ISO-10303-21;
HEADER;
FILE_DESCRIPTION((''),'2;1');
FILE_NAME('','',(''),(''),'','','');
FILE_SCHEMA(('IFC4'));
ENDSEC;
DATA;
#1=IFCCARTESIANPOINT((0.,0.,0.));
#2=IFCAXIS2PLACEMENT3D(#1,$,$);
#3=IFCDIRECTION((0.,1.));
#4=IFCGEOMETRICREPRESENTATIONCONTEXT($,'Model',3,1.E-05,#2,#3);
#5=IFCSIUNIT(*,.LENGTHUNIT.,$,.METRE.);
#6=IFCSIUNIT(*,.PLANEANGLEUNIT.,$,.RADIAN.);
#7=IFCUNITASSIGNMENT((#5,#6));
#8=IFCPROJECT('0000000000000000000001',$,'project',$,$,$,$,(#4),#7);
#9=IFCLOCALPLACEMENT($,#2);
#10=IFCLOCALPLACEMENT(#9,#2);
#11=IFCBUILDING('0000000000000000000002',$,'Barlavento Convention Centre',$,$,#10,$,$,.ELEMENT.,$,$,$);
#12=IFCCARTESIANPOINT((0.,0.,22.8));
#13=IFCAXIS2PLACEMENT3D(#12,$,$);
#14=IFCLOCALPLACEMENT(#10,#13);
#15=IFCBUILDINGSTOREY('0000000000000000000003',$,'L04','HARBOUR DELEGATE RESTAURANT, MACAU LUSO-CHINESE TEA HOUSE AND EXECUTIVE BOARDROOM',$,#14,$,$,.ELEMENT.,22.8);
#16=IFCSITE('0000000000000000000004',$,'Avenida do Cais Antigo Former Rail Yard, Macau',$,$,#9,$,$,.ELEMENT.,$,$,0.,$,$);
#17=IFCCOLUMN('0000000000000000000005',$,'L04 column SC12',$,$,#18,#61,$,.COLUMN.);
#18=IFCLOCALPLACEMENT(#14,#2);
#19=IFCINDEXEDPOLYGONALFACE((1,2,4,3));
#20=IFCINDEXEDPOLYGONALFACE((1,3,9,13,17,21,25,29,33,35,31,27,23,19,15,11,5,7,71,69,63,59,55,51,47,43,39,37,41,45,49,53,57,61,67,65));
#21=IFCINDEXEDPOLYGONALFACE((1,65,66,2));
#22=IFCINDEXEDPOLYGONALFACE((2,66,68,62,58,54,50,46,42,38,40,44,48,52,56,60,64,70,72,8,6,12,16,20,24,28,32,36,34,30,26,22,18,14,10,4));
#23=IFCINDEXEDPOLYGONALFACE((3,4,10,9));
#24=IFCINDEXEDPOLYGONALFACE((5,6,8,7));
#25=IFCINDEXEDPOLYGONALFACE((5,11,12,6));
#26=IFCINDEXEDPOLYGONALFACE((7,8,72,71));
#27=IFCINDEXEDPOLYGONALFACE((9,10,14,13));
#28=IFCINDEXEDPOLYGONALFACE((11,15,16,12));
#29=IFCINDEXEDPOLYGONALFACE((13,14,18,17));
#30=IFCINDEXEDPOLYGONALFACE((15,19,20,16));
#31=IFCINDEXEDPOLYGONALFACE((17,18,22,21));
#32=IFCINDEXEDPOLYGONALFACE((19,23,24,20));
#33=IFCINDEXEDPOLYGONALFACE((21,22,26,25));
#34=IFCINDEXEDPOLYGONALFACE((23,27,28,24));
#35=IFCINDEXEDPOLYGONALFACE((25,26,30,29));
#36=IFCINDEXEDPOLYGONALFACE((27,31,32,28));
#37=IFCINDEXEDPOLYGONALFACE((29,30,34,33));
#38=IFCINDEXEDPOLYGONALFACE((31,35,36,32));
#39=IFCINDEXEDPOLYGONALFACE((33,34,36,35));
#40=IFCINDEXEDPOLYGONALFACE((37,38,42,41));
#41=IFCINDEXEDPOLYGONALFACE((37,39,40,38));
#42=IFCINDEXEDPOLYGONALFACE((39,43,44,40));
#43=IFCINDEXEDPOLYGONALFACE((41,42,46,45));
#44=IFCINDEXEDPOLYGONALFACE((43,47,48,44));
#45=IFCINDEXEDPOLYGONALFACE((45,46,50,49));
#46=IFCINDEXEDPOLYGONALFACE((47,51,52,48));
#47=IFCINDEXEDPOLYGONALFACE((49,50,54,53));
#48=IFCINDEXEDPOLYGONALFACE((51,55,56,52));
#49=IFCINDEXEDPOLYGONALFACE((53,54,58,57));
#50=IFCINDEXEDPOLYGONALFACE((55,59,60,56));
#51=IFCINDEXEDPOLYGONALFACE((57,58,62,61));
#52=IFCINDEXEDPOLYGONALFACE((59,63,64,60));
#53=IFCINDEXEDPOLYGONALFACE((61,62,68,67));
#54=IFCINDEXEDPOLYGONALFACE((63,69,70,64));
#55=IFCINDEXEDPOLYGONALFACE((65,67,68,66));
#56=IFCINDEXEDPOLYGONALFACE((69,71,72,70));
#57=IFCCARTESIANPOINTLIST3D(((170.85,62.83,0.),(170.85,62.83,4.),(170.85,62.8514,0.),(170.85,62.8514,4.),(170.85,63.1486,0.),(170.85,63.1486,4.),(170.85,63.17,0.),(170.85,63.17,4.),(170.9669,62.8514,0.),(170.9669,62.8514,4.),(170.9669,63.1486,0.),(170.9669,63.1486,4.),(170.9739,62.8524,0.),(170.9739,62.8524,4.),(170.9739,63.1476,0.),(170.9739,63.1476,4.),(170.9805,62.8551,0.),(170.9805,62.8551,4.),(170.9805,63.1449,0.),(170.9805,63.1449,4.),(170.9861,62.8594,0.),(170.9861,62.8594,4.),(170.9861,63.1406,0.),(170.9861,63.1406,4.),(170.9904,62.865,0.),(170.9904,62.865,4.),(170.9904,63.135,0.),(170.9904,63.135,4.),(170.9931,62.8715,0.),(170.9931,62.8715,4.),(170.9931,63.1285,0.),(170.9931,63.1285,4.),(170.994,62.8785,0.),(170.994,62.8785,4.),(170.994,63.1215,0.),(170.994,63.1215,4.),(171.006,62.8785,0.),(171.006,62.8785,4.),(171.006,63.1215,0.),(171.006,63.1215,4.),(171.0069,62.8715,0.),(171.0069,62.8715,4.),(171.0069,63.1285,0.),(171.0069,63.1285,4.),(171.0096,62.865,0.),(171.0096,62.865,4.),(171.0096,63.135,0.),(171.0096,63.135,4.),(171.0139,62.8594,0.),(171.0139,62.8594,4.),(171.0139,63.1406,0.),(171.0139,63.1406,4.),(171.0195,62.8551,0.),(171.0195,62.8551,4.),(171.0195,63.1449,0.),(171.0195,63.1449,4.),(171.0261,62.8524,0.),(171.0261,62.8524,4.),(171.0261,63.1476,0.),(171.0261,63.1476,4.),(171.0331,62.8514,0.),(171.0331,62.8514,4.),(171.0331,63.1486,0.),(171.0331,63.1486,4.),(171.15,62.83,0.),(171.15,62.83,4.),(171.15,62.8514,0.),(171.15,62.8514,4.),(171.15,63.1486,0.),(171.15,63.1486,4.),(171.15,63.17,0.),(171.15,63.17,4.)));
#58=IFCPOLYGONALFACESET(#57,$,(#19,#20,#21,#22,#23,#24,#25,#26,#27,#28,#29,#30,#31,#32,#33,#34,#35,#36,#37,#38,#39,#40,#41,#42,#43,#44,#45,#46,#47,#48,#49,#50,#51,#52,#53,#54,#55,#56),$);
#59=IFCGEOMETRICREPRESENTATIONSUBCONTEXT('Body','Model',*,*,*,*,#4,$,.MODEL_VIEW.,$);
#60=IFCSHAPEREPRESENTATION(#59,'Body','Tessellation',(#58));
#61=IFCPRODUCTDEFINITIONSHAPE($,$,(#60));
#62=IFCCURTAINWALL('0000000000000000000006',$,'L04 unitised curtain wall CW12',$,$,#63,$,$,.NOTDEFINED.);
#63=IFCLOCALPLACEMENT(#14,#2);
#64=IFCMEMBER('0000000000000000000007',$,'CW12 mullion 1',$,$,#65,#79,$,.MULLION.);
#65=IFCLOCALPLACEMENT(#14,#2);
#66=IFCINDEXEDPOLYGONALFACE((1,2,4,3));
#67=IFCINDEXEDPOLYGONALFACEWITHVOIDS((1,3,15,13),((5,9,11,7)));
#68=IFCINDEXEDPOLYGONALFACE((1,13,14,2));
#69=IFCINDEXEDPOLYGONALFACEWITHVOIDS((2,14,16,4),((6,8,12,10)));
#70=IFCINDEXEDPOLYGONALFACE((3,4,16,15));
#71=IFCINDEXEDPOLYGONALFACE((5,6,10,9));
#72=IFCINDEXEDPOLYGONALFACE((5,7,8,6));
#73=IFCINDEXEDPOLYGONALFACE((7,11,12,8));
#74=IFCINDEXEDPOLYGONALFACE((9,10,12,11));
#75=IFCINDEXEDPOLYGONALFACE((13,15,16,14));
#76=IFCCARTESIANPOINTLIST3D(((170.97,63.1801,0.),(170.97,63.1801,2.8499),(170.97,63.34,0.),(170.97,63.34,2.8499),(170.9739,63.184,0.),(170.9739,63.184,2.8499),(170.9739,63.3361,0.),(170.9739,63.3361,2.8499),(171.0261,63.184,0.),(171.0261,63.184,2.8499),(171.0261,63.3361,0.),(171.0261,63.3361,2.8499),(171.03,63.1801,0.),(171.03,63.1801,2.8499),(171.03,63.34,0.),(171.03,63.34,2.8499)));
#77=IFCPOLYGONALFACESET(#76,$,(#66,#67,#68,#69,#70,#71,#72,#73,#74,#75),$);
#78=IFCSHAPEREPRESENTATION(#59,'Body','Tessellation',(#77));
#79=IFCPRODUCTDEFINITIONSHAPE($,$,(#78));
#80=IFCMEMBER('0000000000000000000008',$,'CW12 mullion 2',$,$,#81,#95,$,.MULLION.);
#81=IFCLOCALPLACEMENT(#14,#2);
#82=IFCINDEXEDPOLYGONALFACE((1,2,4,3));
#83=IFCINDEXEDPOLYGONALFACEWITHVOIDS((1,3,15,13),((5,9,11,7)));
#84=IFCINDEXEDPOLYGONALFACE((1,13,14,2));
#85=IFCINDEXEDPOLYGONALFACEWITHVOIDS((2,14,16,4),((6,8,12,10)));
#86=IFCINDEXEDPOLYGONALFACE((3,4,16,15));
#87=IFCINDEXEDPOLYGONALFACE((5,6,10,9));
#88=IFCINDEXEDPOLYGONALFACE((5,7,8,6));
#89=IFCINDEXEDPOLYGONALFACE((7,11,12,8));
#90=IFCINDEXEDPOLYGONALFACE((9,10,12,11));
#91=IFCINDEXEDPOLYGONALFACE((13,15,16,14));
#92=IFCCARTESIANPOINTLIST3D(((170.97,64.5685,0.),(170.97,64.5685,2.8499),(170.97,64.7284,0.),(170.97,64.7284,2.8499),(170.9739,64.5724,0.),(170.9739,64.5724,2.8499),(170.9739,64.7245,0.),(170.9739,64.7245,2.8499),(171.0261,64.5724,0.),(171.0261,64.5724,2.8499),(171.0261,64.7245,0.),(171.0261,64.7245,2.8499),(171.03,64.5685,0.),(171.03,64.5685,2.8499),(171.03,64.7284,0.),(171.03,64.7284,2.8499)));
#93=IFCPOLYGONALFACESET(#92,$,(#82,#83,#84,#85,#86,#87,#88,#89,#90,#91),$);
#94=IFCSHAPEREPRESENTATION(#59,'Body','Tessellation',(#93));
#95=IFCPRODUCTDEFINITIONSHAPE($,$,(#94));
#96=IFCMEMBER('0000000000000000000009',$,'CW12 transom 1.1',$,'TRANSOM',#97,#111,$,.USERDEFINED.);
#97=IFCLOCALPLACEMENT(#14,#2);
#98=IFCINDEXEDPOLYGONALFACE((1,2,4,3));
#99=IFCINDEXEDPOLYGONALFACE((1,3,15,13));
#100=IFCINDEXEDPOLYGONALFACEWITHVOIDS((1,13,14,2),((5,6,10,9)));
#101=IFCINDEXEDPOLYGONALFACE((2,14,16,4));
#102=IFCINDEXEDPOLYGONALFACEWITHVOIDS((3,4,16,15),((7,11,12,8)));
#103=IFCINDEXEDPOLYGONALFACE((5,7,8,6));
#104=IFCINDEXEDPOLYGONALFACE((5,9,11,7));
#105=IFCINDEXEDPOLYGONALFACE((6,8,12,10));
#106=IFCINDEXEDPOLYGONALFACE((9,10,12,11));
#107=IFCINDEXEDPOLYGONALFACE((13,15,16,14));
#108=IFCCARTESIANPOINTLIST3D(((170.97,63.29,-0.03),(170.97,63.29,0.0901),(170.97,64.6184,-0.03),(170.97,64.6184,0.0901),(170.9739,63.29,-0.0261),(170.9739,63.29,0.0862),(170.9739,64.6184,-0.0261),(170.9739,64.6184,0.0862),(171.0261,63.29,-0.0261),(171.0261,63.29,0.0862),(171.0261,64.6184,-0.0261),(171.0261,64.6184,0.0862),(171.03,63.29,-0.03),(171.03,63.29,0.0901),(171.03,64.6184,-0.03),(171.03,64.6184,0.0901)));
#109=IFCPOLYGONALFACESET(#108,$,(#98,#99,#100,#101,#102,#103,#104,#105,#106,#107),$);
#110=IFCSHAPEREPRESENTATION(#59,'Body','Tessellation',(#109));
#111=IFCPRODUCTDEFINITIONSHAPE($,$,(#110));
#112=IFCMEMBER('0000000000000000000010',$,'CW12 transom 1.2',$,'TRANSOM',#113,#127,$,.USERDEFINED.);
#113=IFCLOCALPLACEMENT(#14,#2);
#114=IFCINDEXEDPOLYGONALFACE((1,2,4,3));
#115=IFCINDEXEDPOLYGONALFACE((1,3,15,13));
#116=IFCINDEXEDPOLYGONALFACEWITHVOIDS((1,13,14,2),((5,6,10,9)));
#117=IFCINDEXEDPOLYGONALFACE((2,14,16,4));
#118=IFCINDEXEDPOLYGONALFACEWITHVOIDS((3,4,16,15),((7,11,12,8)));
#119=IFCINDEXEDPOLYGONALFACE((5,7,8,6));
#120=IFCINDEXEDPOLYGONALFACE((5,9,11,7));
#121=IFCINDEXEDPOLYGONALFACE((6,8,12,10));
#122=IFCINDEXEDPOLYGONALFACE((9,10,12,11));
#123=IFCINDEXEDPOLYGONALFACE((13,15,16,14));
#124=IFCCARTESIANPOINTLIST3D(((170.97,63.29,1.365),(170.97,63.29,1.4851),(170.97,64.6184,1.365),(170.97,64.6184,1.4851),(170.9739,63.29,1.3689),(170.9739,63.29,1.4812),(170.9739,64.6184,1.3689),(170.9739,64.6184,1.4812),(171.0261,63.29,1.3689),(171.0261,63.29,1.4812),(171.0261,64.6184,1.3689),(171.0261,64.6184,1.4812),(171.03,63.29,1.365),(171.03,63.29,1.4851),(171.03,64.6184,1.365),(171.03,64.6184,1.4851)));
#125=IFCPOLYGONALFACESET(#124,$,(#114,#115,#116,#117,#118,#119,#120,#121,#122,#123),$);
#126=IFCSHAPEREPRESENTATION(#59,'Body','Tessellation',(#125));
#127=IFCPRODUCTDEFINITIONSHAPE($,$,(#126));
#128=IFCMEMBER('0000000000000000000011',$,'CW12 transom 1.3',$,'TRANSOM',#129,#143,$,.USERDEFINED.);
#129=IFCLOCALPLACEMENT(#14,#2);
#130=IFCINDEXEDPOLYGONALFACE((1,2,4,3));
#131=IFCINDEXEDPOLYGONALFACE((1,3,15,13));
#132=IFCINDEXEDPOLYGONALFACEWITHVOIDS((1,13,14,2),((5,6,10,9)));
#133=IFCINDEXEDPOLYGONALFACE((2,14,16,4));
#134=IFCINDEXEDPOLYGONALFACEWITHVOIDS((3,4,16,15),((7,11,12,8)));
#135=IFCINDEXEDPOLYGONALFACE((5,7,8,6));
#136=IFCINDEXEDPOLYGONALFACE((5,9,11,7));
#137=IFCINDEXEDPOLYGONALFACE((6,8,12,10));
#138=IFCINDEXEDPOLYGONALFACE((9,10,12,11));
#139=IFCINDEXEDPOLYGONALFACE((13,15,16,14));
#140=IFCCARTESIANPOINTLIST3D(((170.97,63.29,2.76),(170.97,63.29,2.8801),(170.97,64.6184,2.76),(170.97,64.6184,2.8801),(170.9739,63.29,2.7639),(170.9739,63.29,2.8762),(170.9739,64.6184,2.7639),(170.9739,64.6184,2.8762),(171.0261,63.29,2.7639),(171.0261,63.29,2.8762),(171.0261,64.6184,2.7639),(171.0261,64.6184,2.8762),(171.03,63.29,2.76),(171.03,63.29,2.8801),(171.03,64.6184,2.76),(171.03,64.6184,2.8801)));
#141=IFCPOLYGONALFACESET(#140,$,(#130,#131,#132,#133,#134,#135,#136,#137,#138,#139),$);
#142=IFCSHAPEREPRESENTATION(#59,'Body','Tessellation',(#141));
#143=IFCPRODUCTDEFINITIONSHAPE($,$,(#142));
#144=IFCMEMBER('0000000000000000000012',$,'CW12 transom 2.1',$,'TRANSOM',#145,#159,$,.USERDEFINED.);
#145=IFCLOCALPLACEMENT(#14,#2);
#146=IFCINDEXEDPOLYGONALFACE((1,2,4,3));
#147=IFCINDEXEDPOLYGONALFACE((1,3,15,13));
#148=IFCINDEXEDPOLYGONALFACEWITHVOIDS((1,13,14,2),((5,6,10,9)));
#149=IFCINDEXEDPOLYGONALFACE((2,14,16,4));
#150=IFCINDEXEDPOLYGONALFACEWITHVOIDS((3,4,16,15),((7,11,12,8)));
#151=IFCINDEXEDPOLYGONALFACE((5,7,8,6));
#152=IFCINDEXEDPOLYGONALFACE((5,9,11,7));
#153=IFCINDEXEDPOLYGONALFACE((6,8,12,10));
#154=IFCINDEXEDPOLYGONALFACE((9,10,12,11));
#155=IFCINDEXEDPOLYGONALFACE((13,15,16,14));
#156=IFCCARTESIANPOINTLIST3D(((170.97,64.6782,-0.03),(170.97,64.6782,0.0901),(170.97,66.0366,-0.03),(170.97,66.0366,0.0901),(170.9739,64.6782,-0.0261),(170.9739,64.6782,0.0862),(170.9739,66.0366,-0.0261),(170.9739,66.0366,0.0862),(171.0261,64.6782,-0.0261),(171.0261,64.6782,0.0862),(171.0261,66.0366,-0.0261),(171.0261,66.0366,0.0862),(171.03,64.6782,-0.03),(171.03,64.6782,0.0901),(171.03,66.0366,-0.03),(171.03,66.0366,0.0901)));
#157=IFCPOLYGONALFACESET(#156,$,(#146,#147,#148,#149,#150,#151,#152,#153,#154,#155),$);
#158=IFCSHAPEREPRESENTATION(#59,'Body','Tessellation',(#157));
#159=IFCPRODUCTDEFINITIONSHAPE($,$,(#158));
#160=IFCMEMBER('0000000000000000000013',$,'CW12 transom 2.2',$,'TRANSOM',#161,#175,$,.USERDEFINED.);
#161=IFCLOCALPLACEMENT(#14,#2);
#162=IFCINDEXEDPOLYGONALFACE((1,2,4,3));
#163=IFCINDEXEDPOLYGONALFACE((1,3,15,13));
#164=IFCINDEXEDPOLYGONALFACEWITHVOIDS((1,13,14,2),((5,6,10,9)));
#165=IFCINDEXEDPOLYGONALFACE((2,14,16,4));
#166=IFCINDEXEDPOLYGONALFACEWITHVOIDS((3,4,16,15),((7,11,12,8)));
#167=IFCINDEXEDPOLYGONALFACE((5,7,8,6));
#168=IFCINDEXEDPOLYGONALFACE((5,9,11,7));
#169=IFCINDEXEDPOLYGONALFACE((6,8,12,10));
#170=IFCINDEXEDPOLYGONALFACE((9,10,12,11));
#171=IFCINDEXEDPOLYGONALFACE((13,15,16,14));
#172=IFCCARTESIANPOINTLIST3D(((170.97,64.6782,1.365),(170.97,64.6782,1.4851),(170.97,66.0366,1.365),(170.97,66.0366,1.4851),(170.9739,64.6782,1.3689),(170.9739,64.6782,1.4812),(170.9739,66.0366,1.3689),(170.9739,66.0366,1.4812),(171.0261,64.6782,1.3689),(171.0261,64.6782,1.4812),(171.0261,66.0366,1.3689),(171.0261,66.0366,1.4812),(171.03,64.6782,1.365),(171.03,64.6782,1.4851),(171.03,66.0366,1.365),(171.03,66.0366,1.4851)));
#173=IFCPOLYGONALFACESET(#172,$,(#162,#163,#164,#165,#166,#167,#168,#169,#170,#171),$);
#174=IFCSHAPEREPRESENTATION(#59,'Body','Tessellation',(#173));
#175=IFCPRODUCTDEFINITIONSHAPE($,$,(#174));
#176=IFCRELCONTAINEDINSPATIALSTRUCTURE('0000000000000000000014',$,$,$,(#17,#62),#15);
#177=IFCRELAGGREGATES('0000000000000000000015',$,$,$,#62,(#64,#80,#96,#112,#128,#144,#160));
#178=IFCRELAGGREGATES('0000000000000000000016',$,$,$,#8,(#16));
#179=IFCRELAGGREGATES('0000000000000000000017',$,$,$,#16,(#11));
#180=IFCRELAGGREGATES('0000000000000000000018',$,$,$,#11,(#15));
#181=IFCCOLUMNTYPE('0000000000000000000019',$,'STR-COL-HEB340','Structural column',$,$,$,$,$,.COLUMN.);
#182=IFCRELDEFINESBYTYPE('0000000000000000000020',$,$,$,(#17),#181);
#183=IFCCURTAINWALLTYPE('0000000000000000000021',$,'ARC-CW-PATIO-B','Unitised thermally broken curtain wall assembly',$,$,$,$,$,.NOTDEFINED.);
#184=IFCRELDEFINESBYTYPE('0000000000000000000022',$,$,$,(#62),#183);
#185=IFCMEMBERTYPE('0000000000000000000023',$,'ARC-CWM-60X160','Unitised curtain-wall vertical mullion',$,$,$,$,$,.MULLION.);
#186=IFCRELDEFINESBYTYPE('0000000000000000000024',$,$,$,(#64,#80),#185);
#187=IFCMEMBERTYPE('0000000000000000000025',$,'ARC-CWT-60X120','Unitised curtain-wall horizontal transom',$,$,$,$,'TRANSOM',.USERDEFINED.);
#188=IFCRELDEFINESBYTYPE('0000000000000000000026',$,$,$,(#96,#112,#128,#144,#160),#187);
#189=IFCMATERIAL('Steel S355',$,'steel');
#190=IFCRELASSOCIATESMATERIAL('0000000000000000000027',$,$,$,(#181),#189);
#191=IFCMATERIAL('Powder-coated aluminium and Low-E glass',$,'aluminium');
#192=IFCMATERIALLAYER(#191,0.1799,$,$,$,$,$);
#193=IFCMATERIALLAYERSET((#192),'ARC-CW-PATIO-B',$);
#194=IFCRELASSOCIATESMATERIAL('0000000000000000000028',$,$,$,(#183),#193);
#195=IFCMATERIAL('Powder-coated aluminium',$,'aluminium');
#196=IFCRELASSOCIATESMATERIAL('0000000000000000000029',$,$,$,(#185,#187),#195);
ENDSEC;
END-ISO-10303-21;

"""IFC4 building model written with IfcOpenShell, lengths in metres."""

from ifc_helpers import new_model, si_unit, direction, frame, origin, origin_2d, place, context, subcontext, project, spatial, hollow_rectangle, i_section, extrude, material, layer, layer_set, material_profile, profile_set, type_object, element, aggregate, save


model = new_model("IFC4")

# Units and contexts
model_context = context("Model", 3, precision=1e-05, world=origin(), true_north=direction((0.0, 1.0)))
body_context = subcontext(model_context, "Body", "Model", "MODEL_VIEW")
ifc_project = project(units=[si_unit("LENGTHUNIT", "METRE"), si_unit("PLANEANGLEUNIT", "RADIAN")], contexts=[model_context])

# Site, building, storey
site_placement = place(None, origin())
site = spatial("IfcSite", under=ifc_project, at=site_placement, Name="Avenida do Cais Antigo Former Rail Yard, Macau", CompositionType="ELEMENT", RefElevation=0.0)
building_placement = place(site_placement, origin())
building = spatial("IfcBuilding", under=site, at=building_placement, Name="Barlavento Convention Centre", CompositionType="ELEMENT")
storey_placement = place(building_placement, frame((0.0, 0.0, 22.8)))
storey = spatial("IfcBuildingStorey", under=building, at=storey_placement, Name="L04", Description="HARBOUR DELEGATE RESTAURANT, MACAU LUSO-CHINESE TEA HOUSE AND EXECUTIVE BOARDROOM", CompositionType="ELEMENT", Elevation=22.8)

# Column
ifc_material_1 = material(Name="Steel S355", Category="steel")
ifc_material_profile_1 = material_profile(ifc_material_1, i_section(OverallWidth=0.3, OverallDepth=0.3401, WebThickness=0.012, FlangeThickness=0.0215, FilletRadius=0.0271, at=origin_2d()), Name="HEB 340")
ifc_profile_set_1 = profile_set([ifc_material_profile_1], Name="Steel S355")
column_type = type_object("IfcColumnType", Name="STR-COL-HEB340", Description="Structural column", PredefinedType="COLUMN", material=ifc_profile_set_1)
column_placement = place(storey_placement, frame((171.0, 63.0, 0.0), z_axis=(0.0, 0.0, 1.0), x_axis=(1.0, 0.0, 0.0)))
element("IfcColumn", 1, at=column_placement, inside=storey, type_object=column_type, Name="L04 column SC12", PredefinedType="COLUMN", context=body_context, shape_type="SweptSolid", body=[
    extrude(i_section(OverallWidth=0.3, OverallDepth=0.3401, WebThickness=0.012, FlangeThickness=0.0215, FilletRadius=0.0271, at=origin_2d()), origin(), (0.0, 0.0, 1.0), 4.0),
])

# Curtain wall, members
ifc_material_2 = material(Name="Powder-coated aluminium and Low-E glass", Category="aluminium")
ifc_layer_1 = layer(ifc_material_2, 0.1799)
ifc_layer_set_1 = layer_set([ifc_layer_1], Name="ARC-CW-PATIO-B")
curtain_wall_type = type_object("IfcCurtainWallType", Name="ARC-CW-PATIO-B", Description="Unitised thermally broken curtain wall assembly", PredefinedType="NOTDEFINED", material=ifc_layer_set_1)
curtain_wall_placement = place(storey_placement, origin())
curtain_wall = element("IfcCurtainWall", 2, at=curtain_wall_placement, inside=storey, type_object=curtain_wall_type, Name="L04 unitised curtain wall CW12", PredefinedType="NOTDEFINED")
ifc_material_3 = material(Name="Powder-coated aluminium", Category="aluminium")
ifc_material_profile_2 = material_profile(ifc_material_3, hollow_rectangle(XDim=0.0601, YDim=0.1599, WallThickness=0.0039, at=origin_2d()), Name="AL-MULL 60x160x4")
ifc_profile_set_2 = profile_set([ifc_material_profile_2], Name="Powder-coated aluminium")
member_type_1 = type_object("IfcMemberType", Name="ARC-CWM-60X160", Description="Unitised curtain-wall vertical mullion", PredefinedType="MULLION", material=ifc_profile_set_2)
member_1_placement = place(storey_placement, frame((171.0, 63.26, 0.0), z_axis=(0.0, 0.0, 1.0), x_axis=(-1.0, 0.0, 0.0)))
member_1 = element("IfcMember", 3, at=member_1_placement, type_object=member_type_1, Name="CW12 mullion 1", PredefinedType="MULLION", context=body_context, shape_type="SweptSolid", body=[
    extrude(hollow_rectangle(XDim=0.0601, YDim=0.1599, WallThickness=0.0039, at=origin_2d()), origin(), (0.0, 0.0, 1.0), 2.8499),
])
member_2_placement = place(storey_placement, frame((171.0, 64.6484, 0.0), z_axis=(0.0, 0.0, 1.0), x_axis=(-1.0, 0.0, 0.0)))
member_2 = element("IfcMember", 4, at=member_2_placement, type_object=member_type_1, Name="CW12 mullion 2", PredefinedType="MULLION", context=body_context, shape_type="SweptSolid", body=[
    extrude(hollow_rectangle(XDim=0.0601, YDim=0.1599, WallThickness=0.0039, at=origin_2d()), origin(), (0.0, 0.0, 1.0), 2.8499),
])
ifc_material_profile_3 = material_profile(ifc_material_3, hollow_rectangle(XDim=0.0601, YDim=0.1201, WallThickness=0.0039, at=origin_2d()), Name="AL-TRAN 60x120x4")
ifc_profile_set_3 = profile_set([ifc_material_profile_3], Name="Powder-coated aluminium")
member_type_2 = type_object("IfcMemberType", Name="ARC-CWT-60X120", Description="Unitised curtain-wall horizontal transom", ElementType="TRANSOM", PredefinedType="USERDEFINED", material=ifc_profile_set_3)
member_3_placement = place(storey_placement, frame((171.0, 63.29, 0.03), z_axis=(0.0, 1.0, 0.0), x_axis=(-1.0, 0.0, 0.0)))
member_3 = element("IfcMember", 5, at=member_3_placement, type_object=member_type_2, Name="CW12 transom 1.1", ObjectType="TRANSOM", PredefinedType="USERDEFINED", context=body_context, shape_type="SweptSolid", body=[
    extrude(hollow_rectangle(XDim=0.0601, YDim=0.1201, WallThickness=0.0039, at=origin_2d()), origin(), (0.0, 0.0, 1.0), 1.3284),
])
member_4_placement = place(storey_placement, frame((171.0, 63.29, 1.425), z_axis=(0.0, 1.0, 0.0), x_axis=(-1.0, 0.0, 0.0)))
member_4 = element("IfcMember", 6, at=member_4_placement, type_object=member_type_2, Name="CW12 transom 1.2", ObjectType="TRANSOM", PredefinedType="USERDEFINED", context=body_context, shape_type="SweptSolid", body=[
    extrude(hollow_rectangle(XDim=0.0601, YDim=0.1201, WallThickness=0.0039, at=origin_2d()), origin(), (0.0, 0.0, 1.0), 1.3284),
])
member_5_placement = place(storey_placement, frame((171.0, 63.29, 2.8201), z_axis=(0.0, 1.0, 0.0), x_axis=(-1.0, 0.0, 0.0)))
member_5 = element("IfcMember", 7, at=member_5_placement, type_object=member_type_2, Name="CW12 transom 1.3", ObjectType="TRANSOM", PredefinedType="USERDEFINED", context=body_context, shape_type="SweptSolid", body=[
    extrude(hollow_rectangle(XDim=0.0601, YDim=0.1201, WallThickness=0.0039, at=origin_2d()), origin(), (0.0, 0.0, 1.0), 1.3284),
])
member_6_placement = place(storey_placement, frame((171.0, 64.6782, 0.03), z_axis=(0.0, 1.0, 0.0), x_axis=(-1.0, 0.0, 0.0)))
member_6 = element("IfcMember", 8, at=member_6_placement, type_object=member_type_2, Name="CW12 transom 2.1", ObjectType="TRANSOM", PredefinedType="USERDEFINED", context=body_context, shape_type="SweptSolid", body=[
    extrude(hollow_rectangle(XDim=0.0601, YDim=0.1201, WallThickness=0.0039, at=origin_2d()), origin(), (0.0, 0.0, 1.0), 1.3584),
])
member_7_placement = place(storey_placement, frame((171.0, 64.6782, 1.425), z_axis=(0.0, 1.0, 0.0), x_axis=(-1.0, 0.0, 0.0)))
member_7 = element("IfcMember", 9, at=member_7_placement, type_object=member_type_2, Name="CW12 transom 2.2", ObjectType="TRANSOM", PredefinedType="USERDEFINED", context=body_context, shape_type="SweptSolid", body=[
    extrude(hollow_rectangle(XDim=0.0601, YDim=0.1201, WallThickness=0.0039, at=origin_2d()), origin(), (0.0, 0.0, 1.0), 1.3584),
])

aggregate(curtain_wall, [member_1, member_2, member_3, member_4, member_5, member_6, member_7])

save(model, "model.ifc")
